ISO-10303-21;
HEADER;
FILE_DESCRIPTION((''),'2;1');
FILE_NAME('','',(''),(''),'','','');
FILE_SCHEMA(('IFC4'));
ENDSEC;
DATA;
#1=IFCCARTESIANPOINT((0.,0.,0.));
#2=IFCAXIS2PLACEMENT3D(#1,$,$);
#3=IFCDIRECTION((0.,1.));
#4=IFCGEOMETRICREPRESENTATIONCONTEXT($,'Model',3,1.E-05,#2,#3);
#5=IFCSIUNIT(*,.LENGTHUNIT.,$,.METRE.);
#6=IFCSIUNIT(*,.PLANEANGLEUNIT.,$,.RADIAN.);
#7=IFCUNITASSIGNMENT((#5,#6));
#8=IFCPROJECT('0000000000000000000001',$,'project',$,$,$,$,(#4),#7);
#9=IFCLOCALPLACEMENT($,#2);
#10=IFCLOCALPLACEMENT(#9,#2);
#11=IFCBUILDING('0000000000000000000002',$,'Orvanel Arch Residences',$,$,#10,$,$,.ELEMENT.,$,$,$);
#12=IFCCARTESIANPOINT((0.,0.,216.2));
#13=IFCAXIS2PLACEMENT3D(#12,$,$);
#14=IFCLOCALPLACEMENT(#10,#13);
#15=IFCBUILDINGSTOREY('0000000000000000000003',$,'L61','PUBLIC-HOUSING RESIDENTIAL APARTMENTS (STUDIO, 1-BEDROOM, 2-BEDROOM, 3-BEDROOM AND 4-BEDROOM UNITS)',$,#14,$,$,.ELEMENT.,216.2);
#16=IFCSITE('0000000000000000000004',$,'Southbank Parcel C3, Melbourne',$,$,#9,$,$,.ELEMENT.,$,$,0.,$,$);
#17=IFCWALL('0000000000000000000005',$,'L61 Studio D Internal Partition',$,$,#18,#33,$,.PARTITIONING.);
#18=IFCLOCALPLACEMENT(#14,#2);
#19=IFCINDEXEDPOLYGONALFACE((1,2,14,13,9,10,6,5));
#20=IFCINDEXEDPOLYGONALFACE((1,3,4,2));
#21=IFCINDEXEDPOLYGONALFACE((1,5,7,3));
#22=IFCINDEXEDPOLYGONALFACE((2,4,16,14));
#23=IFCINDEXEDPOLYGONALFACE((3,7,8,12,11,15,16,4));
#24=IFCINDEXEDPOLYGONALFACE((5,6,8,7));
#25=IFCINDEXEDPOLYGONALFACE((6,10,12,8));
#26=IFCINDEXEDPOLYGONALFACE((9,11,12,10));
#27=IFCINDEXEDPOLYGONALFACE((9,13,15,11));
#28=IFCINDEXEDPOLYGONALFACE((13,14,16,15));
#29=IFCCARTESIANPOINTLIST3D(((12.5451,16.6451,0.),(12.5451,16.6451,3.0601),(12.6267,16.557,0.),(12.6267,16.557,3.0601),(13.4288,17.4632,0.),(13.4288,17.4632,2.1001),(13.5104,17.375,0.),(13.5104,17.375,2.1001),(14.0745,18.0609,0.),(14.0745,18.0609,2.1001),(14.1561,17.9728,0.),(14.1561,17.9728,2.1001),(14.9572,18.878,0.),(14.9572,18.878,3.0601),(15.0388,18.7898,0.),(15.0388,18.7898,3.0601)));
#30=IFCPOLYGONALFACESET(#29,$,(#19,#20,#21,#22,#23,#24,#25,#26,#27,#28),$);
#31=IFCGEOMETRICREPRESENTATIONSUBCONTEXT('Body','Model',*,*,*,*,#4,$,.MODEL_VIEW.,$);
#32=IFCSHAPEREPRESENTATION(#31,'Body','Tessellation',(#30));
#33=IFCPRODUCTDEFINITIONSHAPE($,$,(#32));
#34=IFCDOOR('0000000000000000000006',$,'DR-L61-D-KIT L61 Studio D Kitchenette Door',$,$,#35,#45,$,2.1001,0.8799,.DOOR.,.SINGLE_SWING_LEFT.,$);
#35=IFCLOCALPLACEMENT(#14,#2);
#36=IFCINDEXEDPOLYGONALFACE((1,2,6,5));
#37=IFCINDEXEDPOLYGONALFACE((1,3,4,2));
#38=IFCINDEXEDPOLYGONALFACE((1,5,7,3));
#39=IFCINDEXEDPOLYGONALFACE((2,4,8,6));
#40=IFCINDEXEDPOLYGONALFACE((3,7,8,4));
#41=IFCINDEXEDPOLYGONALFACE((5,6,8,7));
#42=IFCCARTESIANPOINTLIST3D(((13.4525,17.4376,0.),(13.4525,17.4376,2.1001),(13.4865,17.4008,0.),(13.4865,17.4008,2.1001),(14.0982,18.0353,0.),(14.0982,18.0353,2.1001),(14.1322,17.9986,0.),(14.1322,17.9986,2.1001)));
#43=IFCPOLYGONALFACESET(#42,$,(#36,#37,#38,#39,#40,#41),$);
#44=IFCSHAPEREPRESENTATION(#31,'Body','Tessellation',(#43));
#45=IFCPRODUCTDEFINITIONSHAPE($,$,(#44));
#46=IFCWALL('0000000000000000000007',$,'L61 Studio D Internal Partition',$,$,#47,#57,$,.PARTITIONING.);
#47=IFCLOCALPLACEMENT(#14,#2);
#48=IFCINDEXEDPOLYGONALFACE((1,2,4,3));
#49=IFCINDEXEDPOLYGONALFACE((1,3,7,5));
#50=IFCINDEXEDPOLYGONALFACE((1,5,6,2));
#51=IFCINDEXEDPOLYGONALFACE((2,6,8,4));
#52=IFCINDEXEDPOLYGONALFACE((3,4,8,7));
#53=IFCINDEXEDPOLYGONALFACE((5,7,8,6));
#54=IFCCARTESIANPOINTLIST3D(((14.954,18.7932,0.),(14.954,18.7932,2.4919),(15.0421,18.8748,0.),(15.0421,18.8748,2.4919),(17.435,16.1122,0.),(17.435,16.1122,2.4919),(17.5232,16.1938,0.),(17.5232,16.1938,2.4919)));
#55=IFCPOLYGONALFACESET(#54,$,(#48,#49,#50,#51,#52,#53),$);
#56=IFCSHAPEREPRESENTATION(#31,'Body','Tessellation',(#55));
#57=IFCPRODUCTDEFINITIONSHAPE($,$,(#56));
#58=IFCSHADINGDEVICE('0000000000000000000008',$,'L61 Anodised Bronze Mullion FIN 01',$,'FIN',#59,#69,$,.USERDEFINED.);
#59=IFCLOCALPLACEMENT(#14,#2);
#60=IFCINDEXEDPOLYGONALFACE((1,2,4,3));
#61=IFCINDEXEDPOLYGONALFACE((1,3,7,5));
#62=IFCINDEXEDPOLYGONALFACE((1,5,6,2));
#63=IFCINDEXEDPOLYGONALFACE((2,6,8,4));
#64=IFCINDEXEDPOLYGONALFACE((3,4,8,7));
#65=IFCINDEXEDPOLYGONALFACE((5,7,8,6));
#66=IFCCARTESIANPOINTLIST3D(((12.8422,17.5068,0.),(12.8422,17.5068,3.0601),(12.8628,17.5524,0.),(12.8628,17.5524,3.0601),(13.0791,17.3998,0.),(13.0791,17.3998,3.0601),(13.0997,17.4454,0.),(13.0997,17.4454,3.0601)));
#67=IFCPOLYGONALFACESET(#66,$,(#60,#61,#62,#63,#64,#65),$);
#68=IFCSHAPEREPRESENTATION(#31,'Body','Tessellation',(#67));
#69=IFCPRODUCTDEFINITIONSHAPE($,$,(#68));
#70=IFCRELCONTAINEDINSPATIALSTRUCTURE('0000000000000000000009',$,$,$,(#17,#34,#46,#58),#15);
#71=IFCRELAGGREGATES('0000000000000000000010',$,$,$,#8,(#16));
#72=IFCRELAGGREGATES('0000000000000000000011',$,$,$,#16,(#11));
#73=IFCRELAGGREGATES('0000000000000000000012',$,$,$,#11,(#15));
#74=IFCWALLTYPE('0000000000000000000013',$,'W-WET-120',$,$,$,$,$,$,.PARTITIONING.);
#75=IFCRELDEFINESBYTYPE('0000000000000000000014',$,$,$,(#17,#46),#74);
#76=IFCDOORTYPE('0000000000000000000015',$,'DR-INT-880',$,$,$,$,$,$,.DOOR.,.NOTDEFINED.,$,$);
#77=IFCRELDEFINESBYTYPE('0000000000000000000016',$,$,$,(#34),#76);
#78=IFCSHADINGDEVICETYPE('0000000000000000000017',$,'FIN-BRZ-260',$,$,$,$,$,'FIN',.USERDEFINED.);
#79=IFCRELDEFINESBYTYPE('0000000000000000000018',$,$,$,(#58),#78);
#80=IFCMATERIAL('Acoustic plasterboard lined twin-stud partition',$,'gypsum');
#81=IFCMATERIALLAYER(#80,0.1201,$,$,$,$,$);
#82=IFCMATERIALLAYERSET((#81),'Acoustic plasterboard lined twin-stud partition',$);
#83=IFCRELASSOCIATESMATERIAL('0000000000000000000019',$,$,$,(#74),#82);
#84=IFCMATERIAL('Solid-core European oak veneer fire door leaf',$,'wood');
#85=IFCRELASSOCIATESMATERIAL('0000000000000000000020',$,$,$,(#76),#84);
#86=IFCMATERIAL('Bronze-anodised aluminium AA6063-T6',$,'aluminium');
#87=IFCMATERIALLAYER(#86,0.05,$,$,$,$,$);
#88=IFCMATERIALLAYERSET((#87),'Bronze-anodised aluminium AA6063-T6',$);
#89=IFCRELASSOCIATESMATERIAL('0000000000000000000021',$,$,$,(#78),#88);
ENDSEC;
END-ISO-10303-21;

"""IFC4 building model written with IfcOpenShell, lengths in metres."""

from ifc_helpers import new_model, si_unit, direction, frame, frame_2d, origin, origin_2d, place, context, subcontext, project, spatial, rectangle, extrude, material, layer, layer_set, type_object, element, fill, save


model = new_model("IFC4")

# Units and contexts
model_context = context("Model", 3, precision=1e-05, world=origin(), true_north=direction((0.0, 1.0)))
body_context = subcontext(model_context, "Body", "Model", "MODEL_VIEW")
ifc_project = project(units=[si_unit("LENGTHUNIT", "METRE"), si_unit("PLANEANGLEUNIT", "RADIAN")], contexts=[model_context])

# Site, building, storey
site_placement = place(None, origin())
site = spatial("IfcSite", under=ifc_project, at=site_placement, Name="Southbank Parcel C3, Melbourne", CompositionType="ELEMENT", RefElevation=0.0)
building_placement = place(site_placement, origin())
building = spatial("IfcBuilding", under=site, at=building_placement, Name="Orvanel Arch Residences", CompositionType="ELEMENT")
storey_placement = place(building_placement, frame((0.0, 0.0, 216.2)))
storey = spatial("IfcBuildingStorey", under=building, at=storey_placement, Name="L61", Description="PUBLIC-HOUSING RESIDENTIAL APARTMENTS (STUDIO, 1-BEDROOM, 2-BEDROOM, 3-BEDROOM AND 4-BEDROOM UNITS)", CompositionType="ELEMENT", Elevation=216.2)

# Shared definitions
ifc_material_1 = material(Name="Bronze-anodised aluminium AA6063-T6", Category="aluminium")

# Wall, opening, door
ifc_material_2 = material(Name="Acoustic plasterboard lined twin-stud partition", Category="gypsum")
ifc_layer_1 = layer(ifc_material_2, 0.1201)
ifc_layer_set_1 = layer_set([ifc_layer_1], Name="Acoustic plasterboard lined twin-stud partition")
wall_type_1 = type_object("IfcWallType", Name="W-WET-120", PredefinedType="PARTITIONING", material=ifc_layer_set_1)
wall_1_placement = place(storey_placement, frame((14.998, 18.834, 0.0), z_axis=(0.0, 0.0, 1.0), x_axis=(-0.73384, -0.679322, 0.0)))
wall_1 = element("IfcWall", 1, at=wall_1_placement, inside=storey, type_object=wall_type_1, Name="L61 Studio D Internal Partition", PredefinedType="PARTITIONING", context=body_context, shape_type="SweptSolid", body=[
    extrude(rectangle(XDim=3.2869, YDim=0.1201, at=frame_2d((1.6436, 0.0))), origin(), (0.0, 0.0, 1.0), 3.0601),
])
opening_placement = place(wall_1_placement, frame((1.2029, 0.0, 0.0)))
opening = element("IfcOpeningElement", 2, at=opening_placement, cuts=wall_1, PredefinedType="OPENING", context=body_context, shape_type="SweptSolid", body=[
    extrude(rectangle(XDim=0.8799, YDim=2.1001, at=frame_2d((0.4399, 1.05))), frame((0.0, 0.0701, 0.0), z_axis=(0.0, -1.0, 0.0), x_axis=(1.0, 0.0, 0.0)), (0.0, 0.0, 1.0), 0.1401),
])
ifc_material_3 = material(Name="Solid-core European oak veneer fire door leaf", Category="wood")
door_type = type_object("IfcDoorType", Name="DR-INT-880", OperationType="NOTDEFINED", PredefinedType="DOOR", material=ifc_material_3)
door_placement = place(opening_placement, origin())
door = element("IfcDoor", 3, at=door_placement, inside=storey, type_object=door_type, Name="DR-L61-D-KIT L61 Studio D Kitchenette Door", OperationType="SINGLE_SWING_LEFT", OverallHeight=2.1001, OverallWidth=0.8799, PredefinedType="DOOR", context=body_context, shape_type="SweptSolid", body=[
    extrude(rectangle(XDim=0.8799, YDim=2.1001, at=frame_2d((0.4399, 1.05))), frame((0.0, 0.0249, 0.0), z_axis=(0.0, -1.0, 0.0), x_axis=(1.0, 0.0, 0.0)), (0.0, 0.0, 1.0), 0.05),
])
fill(opening, door)

# Wall
wall_2_placement = place(storey_placement, frame((14.998, 18.834, 0.0), z_axis=(0.0, 0.0, 1.0), x_axis=(0.679207, -0.733947, 0.0)))
element("IfcWall", 4, at=wall_2_placement, inside=storey, type_object=wall_type_1, Name="L61 Studio D Internal Partition", PredefinedType="PARTITIONING", context=body_context, shape_type="SweptSolid", body=[
    extrude(rectangle(XDim=3.6528, YDim=0.1201, at=frame_2d((1.8264, 0.0))), origin(), (0.0, 0.0, 1.0), 2.4919),
])

# Shading device
ifc_layer_2 = layer(ifc_material_1, 0.05)
ifc_layer_set_2 = layer_set([ifc_layer_2], Name="Bronze-anodised aluminium AA6063-T6")
shading_device_type = type_object("IfcShadingDeviceType", Name="FIN-BRZ-260", ElementType="FIN", PredefinedType="USERDEFINED", material=ifc_layer_set_2)
shading_device_placement = place(storey_placement, frame((12.9709, 17.4761, 0.0), z_axis=(0.0, 0.0, 1.0), x_axis=(-0.911403, 0.411514, 0.0)))
element("IfcShadingDevice", 5, at=shading_device_placement, inside=storey, type_object=shading_device_type, Name="L61 Anodised Bronze Mullion FIN 01", ObjectType="FIN", PredefinedType="USERDEFINED", context=body_context, shape_type="SweptSolid", body=[
    extrude(rectangle(XDim=0.26, YDim=0.05, at=origin_2d()), origin(), (0.0, 0.0, 1.0), 3.0601),
])

save(model, "model.ifc")
